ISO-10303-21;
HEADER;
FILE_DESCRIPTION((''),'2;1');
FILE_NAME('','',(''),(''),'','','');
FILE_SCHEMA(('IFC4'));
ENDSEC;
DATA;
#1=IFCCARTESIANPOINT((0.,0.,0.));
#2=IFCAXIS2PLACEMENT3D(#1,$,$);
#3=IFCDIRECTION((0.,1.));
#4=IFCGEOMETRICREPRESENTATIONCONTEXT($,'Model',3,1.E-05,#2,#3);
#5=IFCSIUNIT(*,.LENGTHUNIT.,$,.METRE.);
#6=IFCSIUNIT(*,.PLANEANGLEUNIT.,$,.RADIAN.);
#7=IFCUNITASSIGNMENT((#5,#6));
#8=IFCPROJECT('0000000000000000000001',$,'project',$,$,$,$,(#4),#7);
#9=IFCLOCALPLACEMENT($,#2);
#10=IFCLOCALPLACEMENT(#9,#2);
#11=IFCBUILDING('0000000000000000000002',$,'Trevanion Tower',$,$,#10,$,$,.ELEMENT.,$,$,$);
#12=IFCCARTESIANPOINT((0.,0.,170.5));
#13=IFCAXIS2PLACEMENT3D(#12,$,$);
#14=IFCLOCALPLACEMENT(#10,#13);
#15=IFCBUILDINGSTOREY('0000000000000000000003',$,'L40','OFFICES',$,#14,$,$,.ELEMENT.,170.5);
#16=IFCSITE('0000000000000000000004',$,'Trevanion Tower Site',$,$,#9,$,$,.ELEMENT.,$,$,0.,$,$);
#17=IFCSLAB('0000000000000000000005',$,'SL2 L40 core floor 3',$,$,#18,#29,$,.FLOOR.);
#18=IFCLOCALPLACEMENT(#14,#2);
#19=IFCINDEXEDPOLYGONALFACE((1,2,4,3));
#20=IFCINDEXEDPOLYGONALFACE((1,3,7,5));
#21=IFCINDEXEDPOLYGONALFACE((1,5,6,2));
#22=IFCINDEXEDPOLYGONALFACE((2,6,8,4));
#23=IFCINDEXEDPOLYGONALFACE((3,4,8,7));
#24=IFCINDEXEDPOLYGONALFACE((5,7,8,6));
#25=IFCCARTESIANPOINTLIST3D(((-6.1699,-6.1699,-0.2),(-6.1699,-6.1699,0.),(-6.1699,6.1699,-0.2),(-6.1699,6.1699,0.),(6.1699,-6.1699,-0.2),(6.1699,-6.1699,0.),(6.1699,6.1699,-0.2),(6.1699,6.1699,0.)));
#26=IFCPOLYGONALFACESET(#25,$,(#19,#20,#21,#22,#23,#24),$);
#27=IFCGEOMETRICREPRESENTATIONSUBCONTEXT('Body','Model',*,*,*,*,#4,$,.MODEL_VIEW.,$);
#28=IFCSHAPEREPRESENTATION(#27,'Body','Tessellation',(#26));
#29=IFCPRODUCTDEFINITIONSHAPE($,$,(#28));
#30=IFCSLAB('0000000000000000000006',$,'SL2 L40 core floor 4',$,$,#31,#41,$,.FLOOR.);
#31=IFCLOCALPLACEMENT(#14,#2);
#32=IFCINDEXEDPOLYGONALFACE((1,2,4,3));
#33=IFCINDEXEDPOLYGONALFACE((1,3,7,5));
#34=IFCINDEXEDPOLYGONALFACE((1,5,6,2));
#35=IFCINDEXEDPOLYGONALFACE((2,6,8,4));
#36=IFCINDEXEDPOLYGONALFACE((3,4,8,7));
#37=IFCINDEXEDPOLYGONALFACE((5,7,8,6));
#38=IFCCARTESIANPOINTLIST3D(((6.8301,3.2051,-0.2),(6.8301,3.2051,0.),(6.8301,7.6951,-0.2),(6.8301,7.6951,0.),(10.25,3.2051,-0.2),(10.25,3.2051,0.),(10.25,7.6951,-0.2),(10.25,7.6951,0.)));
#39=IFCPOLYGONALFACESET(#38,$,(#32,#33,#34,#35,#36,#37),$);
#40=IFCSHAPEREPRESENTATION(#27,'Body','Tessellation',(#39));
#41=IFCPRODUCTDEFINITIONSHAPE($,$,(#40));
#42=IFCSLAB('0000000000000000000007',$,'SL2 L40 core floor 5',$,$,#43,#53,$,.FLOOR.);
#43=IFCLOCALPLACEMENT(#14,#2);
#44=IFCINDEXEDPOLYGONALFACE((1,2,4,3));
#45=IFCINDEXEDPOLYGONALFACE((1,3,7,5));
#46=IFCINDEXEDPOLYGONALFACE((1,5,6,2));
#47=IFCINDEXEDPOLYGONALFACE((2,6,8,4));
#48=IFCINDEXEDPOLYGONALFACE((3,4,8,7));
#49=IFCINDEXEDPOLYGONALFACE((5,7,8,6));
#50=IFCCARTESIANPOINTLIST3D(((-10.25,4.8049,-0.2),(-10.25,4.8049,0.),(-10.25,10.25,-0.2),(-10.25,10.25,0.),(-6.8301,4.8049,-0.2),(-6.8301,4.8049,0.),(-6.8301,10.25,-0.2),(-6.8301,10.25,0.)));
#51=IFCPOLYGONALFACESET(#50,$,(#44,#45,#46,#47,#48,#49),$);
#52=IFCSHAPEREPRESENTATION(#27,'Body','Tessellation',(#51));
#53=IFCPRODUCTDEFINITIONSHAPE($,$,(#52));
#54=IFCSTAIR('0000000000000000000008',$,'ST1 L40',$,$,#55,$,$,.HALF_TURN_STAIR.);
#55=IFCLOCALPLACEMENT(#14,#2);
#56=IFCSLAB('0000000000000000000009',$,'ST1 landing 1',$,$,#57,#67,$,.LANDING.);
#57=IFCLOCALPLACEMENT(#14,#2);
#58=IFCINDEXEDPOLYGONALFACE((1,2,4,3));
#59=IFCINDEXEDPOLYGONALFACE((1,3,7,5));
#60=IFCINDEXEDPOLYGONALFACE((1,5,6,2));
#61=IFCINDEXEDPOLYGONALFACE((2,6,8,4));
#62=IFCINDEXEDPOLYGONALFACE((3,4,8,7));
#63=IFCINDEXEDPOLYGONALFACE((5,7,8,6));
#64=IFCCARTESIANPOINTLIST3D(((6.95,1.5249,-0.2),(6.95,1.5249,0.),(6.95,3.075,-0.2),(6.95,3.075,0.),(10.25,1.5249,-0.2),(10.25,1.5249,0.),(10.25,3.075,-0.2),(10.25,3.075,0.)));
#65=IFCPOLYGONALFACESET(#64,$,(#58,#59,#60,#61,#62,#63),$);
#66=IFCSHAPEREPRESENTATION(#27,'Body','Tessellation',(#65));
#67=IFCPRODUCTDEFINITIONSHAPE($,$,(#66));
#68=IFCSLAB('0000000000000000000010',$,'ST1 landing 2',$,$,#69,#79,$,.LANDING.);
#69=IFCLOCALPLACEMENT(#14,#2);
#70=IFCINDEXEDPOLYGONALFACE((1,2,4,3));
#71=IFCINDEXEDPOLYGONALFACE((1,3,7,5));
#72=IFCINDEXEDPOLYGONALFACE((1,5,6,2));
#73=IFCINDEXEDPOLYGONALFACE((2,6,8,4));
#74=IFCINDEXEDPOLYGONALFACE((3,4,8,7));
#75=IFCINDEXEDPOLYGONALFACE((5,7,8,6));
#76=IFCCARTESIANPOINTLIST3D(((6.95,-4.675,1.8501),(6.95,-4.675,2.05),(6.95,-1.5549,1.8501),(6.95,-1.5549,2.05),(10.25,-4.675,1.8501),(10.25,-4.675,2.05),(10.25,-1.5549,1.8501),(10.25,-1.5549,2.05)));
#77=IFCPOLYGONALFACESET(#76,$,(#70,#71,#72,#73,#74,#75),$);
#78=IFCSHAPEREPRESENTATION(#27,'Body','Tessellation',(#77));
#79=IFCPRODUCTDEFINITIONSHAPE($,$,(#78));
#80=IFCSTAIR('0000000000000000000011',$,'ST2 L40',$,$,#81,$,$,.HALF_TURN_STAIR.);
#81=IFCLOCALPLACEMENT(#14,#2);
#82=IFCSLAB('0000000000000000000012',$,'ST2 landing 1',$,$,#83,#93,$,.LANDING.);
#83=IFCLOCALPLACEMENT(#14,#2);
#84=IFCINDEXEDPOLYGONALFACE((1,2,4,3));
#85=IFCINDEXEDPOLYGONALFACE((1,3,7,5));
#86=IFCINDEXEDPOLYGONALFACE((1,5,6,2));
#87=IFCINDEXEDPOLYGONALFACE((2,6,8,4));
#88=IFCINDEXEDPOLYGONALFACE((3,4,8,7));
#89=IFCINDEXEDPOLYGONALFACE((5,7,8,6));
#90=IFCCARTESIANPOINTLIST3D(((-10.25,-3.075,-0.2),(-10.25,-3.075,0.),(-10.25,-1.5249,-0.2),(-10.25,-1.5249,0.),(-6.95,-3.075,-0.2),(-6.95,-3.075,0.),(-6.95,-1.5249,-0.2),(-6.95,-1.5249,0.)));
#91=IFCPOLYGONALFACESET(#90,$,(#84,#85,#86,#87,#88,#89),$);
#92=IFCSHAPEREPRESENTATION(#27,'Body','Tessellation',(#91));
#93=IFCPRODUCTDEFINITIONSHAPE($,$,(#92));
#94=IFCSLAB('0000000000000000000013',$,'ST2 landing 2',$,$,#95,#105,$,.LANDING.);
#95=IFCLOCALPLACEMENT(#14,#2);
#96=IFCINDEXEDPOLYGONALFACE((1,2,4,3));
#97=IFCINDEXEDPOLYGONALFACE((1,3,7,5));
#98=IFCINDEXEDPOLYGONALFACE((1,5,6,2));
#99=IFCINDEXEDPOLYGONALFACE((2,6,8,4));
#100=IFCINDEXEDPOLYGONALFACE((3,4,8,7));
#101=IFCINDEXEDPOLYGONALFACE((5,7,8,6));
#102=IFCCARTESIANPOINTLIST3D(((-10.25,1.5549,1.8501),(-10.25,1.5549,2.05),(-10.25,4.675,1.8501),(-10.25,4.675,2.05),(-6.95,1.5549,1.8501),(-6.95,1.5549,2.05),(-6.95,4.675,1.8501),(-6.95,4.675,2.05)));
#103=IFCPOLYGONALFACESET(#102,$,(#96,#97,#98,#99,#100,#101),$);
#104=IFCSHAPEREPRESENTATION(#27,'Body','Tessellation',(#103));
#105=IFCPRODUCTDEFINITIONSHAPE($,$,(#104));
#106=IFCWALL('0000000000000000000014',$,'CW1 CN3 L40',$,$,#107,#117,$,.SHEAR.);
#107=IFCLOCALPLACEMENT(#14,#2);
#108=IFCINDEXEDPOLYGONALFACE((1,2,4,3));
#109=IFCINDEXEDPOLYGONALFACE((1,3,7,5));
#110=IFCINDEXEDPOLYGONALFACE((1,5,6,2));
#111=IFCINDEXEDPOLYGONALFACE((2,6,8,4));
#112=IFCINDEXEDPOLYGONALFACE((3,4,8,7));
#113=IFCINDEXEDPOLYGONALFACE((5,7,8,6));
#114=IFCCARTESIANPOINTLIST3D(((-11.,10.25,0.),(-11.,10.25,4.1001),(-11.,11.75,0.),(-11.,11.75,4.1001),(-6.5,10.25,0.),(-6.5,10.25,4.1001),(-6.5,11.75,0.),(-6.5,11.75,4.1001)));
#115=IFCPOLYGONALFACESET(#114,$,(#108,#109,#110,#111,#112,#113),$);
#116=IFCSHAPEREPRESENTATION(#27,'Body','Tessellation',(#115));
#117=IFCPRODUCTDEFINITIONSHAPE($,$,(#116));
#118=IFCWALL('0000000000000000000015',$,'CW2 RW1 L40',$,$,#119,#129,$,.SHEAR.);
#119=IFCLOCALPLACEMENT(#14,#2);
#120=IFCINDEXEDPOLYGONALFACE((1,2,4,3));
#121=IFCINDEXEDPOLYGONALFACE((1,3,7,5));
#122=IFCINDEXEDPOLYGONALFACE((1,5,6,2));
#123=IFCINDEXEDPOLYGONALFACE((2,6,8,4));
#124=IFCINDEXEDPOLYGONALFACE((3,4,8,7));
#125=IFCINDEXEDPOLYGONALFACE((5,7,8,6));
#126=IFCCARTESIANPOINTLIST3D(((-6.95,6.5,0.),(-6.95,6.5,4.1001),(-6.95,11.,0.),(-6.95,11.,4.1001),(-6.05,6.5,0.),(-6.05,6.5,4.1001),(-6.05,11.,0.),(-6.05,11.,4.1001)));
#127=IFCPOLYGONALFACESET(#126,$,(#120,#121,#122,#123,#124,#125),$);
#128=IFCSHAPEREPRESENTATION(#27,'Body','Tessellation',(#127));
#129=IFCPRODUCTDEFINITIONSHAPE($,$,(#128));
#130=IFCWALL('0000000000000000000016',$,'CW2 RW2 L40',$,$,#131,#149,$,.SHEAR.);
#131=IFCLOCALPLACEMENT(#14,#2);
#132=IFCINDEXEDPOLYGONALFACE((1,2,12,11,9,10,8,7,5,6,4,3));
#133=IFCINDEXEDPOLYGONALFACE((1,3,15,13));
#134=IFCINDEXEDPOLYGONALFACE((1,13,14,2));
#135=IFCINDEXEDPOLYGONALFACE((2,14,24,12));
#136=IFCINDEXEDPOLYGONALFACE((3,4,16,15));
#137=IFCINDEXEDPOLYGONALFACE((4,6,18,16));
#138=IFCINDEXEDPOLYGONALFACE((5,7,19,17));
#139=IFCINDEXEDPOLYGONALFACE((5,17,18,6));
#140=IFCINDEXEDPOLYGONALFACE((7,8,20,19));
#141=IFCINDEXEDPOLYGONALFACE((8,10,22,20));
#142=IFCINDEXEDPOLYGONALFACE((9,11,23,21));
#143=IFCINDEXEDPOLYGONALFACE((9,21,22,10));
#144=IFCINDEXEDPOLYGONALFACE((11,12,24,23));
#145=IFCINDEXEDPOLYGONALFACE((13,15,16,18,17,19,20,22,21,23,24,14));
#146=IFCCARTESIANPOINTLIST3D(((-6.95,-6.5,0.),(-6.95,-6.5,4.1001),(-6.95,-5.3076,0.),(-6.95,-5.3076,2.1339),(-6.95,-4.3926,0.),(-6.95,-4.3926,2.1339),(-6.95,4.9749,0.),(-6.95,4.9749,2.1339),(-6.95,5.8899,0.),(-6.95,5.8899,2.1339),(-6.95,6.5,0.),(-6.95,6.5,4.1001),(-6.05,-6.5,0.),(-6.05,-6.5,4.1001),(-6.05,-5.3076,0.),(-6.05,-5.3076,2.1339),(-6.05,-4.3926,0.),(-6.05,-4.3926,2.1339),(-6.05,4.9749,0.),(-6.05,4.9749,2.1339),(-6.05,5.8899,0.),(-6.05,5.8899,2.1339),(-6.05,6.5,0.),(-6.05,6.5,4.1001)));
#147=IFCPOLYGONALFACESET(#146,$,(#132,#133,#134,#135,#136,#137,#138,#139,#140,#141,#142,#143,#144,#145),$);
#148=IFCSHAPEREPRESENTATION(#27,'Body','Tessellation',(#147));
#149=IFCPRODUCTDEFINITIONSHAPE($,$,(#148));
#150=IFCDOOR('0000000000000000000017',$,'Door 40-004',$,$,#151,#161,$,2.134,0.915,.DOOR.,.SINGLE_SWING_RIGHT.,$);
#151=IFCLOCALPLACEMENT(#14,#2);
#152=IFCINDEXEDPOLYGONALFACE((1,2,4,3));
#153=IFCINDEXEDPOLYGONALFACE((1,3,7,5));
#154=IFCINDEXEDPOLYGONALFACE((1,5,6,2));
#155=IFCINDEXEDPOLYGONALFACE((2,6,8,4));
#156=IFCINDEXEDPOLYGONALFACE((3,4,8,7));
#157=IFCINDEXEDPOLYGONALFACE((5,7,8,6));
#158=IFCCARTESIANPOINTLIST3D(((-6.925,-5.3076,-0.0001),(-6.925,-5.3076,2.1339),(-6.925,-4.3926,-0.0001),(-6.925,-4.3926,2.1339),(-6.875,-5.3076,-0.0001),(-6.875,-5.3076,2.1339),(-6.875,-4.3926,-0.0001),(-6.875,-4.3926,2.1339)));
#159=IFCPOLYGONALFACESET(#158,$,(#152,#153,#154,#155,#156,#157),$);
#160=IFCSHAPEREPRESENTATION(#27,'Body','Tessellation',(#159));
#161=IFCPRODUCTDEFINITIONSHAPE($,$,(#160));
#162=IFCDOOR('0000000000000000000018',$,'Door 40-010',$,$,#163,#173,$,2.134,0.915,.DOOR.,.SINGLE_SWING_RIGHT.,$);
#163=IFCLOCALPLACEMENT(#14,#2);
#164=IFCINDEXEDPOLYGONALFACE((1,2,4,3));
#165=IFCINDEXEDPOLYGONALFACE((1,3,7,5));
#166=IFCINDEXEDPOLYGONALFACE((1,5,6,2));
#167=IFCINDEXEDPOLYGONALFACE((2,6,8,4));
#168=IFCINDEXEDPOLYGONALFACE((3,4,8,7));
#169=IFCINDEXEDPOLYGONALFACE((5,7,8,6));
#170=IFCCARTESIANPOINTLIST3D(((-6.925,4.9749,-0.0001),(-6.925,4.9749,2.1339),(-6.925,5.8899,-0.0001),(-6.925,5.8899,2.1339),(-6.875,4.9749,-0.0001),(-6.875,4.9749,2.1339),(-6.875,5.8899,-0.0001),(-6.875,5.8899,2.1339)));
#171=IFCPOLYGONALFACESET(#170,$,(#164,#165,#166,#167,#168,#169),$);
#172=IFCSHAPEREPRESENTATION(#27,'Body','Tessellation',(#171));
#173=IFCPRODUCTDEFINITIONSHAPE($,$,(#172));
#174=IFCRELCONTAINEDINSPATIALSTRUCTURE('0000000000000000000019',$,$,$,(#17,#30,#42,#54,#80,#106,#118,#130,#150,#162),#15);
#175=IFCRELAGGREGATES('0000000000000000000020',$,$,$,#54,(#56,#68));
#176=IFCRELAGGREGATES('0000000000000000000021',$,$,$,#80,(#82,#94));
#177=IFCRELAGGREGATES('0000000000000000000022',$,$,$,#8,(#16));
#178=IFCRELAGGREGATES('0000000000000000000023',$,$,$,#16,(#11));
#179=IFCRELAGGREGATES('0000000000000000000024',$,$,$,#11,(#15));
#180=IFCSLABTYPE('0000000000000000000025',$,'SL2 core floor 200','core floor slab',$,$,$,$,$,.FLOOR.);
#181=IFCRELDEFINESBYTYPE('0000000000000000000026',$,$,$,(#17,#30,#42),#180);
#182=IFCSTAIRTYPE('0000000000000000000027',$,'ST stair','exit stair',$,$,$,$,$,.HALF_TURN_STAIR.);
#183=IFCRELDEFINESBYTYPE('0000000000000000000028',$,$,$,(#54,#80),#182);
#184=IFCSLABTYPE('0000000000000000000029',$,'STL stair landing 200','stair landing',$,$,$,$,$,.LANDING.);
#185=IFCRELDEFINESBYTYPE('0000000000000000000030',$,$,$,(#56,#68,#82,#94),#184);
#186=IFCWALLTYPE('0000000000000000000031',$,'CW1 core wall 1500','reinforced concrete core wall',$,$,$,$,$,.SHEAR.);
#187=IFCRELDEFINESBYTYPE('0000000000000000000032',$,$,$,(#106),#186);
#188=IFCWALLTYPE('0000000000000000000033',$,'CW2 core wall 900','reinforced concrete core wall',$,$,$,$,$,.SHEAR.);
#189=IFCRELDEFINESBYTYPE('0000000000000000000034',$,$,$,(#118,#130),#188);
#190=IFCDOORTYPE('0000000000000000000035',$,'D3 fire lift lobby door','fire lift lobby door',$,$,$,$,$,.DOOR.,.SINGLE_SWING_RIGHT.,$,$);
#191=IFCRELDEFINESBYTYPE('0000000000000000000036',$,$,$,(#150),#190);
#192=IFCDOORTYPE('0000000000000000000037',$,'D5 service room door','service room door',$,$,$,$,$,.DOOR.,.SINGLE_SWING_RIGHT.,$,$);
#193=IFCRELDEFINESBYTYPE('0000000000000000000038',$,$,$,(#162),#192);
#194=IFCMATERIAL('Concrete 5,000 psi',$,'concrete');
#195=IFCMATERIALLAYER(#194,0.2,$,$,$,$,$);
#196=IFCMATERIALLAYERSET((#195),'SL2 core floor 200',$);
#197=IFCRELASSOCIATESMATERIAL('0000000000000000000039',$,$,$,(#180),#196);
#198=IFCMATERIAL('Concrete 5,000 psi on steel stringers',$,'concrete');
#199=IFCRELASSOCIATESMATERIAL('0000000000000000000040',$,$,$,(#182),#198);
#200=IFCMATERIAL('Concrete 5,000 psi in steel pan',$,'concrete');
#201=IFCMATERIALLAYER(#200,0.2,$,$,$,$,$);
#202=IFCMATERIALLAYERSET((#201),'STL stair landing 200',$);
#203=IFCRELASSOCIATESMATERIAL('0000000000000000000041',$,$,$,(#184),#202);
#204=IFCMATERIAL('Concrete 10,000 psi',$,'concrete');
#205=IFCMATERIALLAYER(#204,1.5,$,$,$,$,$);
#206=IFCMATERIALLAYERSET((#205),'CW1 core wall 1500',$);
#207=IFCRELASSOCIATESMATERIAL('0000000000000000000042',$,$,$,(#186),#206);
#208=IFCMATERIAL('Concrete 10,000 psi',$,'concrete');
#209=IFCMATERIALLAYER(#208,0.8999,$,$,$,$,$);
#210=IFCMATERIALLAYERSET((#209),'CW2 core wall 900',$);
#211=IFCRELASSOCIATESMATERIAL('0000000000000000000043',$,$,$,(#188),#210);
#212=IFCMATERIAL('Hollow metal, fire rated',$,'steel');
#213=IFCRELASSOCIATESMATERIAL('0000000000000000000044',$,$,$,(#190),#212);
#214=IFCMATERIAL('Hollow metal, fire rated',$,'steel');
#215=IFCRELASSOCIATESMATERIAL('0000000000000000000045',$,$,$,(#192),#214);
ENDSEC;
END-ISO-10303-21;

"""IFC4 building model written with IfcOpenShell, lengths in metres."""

from ifc_helpers import new_model, si_unit, direction, frame, frame_2d, origin, place, context, subcontext, project, spatial, polyline, rectangle, outline, extrude, material, layer, layer_set, type_object, element, fill, aggregate, save


model = new_model("IFC4")

# Units and contexts
model_context = context("Model", 3, precision=1e-05, world=origin(), true_north=direction((0.0, 1.0)))
body_context = subcontext(model_context, "Body", "Model", "MODEL_VIEW")
ifc_project = project(units=[si_unit("LENGTHUNIT", "METRE"), si_unit("PLANEANGLEUNIT", "RADIAN")], contexts=[model_context])

# Site, building, storey
site_placement = place(None, origin())
site = spatial("IfcSite", under=ifc_project, at=site_placement, Name="Trevanion Tower Site", CompositionType="ELEMENT", RefElevation=0.0)
building_placement = place(site_placement, origin())
building = spatial("IfcBuilding", under=site, at=building_placement, Name="Trevanion Tower", CompositionType="ELEMENT")
storey_placement = place(building_placement, frame((0.0, 0.0, 170.5)))
storey = spatial("IfcBuildingStorey", under=building, at=storey_placement, Name="L40", Description="OFFICES", CompositionType="ELEMENT", Elevation=170.5)

# Slabs
ifc_material_1 = material(Name="Concrete 5,000 psi", Category="concrete")
ifc_layer_1 = layer(ifc_material_1, 0.2)
ifc_layer_set_1 = layer_set([ifc_layer_1], Name="SL2 core floor 200")
slab_type_1 = type_object("IfcSlabType", Name="SL2 core floor 200", Description="core floor slab", PredefinedType="FLOOR", material=ifc_layer_set_1)
slab_1_placement = place(storey_placement, frame((0.0, 0.0, -0.2)))
element("IfcSlab", 1, at=slab_1_placement, inside=storey, type_object=slab_type_1, Name="SL2 L40 core floor 3", PredefinedType="FLOOR", context=body_context, shape_type="SweptSolid", body=[
    extrude(outline(polyline([(6.1699, -6.1699), (-6.1699, -6.1699), (-6.1699, 6.1699), (6.1699, 6.1699), (6.1699, -6.1699)])), origin(), (0.0, 0.0, 1.0), 0.2),
])
slab_2_placement = place(storey_placement, frame((0.0, 0.0, -0.2)))
element("IfcSlab", 2, at=slab_2_placement, inside=storey, type_object=slab_type_1, Name="SL2 L40 core floor 4", PredefinedType="FLOOR", context=body_context, shape_type="SweptSolid", body=[
    extrude(outline(polyline([(6.8301, 3.2051), (6.8301, 7.6951), (10.25, 7.6951), (10.25, 3.2051), (6.8301, 3.2051)])), origin(), (0.0, 0.0, 1.0), 0.2),
])
slab_3_placement = place(storey_placement, frame((0.0, 0.0, -0.2)))
element("IfcSlab", 3, at=slab_3_placement, inside=storey, type_object=slab_type_1, Name="SL2 L40 core floor 5", PredefinedType="FLOOR", context=body_context, shape_type="SweptSolid", body=[
    extrude(outline(polyline([(-6.8301, 4.8049), (-10.25, 4.8049), (-10.25, 10.25), (-6.8301, 10.25), (-6.8301, 4.8049)])), origin(), (0.0, 0.0, 1.0), 0.2),
])

# Stairs, slabs
ifc_material_2 = material(Name="Concrete 5,000 psi on steel stringers", Category="concrete")
stair_type = type_object("IfcStairType", Name="ST stair", Description="exit stair", PredefinedType="HALF_TURN_STAIR", material=ifc_material_2)
stair_1_placement = place(storey_placement, origin())
stair_1 = element("IfcStair", 4, at=stair_1_placement, inside=storey, type_object=stair_type, Name="ST1 L40", PredefinedType="HALF_TURN_STAIR")
ifc_material_3 = material(Name="Concrete 5,000 psi in steel pan", Category="concrete")
ifc_layer_2 = layer(ifc_material_3, 0.2)
ifc_layer_set_2 = layer_set([ifc_layer_2], Name="STL stair landing 200")
slab_type_2 = type_object("IfcSlabType", Name="STL stair landing 200", Description="stair landing", PredefinedType="LANDING", material=ifc_layer_set_2)
slab_4_placement = place(storey_placement, frame((0.0, 0.0, -0.2)))
slab_4 = element("IfcSlab", 5, at=slab_4_placement, type_object=slab_type_2, Name="ST1 landing 1", PredefinedType="LANDING", context=body_context, shape_type="SweptSolid", body=[
    extrude(outline(polyline([(6.95, 1.5249), (10.25, 1.5249), (10.25, 3.075), (6.95, 3.075), (6.95, 1.5249)])), origin(), (0.0, 0.0, 1.0), 0.2),
])
slab_5_placement = place(storey_placement, frame((0.0, 0.0, 1.8501)))
slab_5 = element("IfcSlab", 6, at=slab_5_placement, type_object=slab_type_2, Name="ST1 landing 2", PredefinedType="LANDING", context=body_context, shape_type="SweptSolid", body=[
    extrude(outline(polyline([(6.95, -4.675), (10.25, -4.675), (10.25, -1.5549), (6.95, -1.5549), (6.95, -4.675)])), origin(), (0.0, 0.0, 1.0), 0.2),
])
aggregate(stair_1, [slab_4, slab_5])
stair_2_placement = place(storey_placement, origin())
stair_2 = element("IfcStair", 7, at=stair_2_placement, inside=storey, type_object=stair_type, Name="ST2 L40", PredefinedType="HALF_TURN_STAIR")
slab_6_placement = place(storey_placement, frame((0.0, 0.0, -0.2)))
slab_6 = element("IfcSlab", 8, at=slab_6_placement, type_object=slab_type_2, Name="ST2 landing 1", PredefinedType="LANDING", context=body_context, shape_type="SweptSolid", body=[
    extrude(outline(polyline([(-6.95, -1.5249), (-10.25, -1.5249), (-10.25, -3.075), (-6.95, -3.075), (-6.95, -1.5249)])), origin(), (0.0, 0.0, 1.0), 0.2),
])
slab_7_placement = place(storey_placement, frame((0.0, 0.0, 1.8501)))
slab_7 = element("IfcSlab", 9, at=slab_7_placement, type_object=slab_type_2, Name="ST2 landing 2", PredefinedType="LANDING", context=body_context, shape_type="SweptSolid", body=[
    extrude(outline(polyline([(-6.95, 4.675), (-10.25, 4.675), (-10.25, 1.5549), (-6.95, 1.5549), (-6.95, 4.675)])), origin(), (0.0, 0.0, 1.0), 0.2),
])

# Walls
ifc_material_4 = material(Name="Concrete 10,000 psi", Category="concrete")
ifc_layer_3 = layer(ifc_material_4, 1.5)
ifc_layer_set_3 = layer_set([ifc_layer_3], Name="CW1 core wall 1500")
wall_type_1 = type_object("IfcWallType", Name="CW1 core wall 1500", Description="reinforced concrete core wall", PredefinedType="SHEAR", material=ifc_layer_set_3)
wall_1_placement = place(storey_placement, frame((-6.5, 11.0, 0.0), z_axis=(0.0, 0.0, 1.0), x_axis=(-1.0, 0.0, 0.0)))
element("IfcWall", 10, at=wall_1_placement, inside=storey, type_object=wall_type_1, Name="CW1 CN3 L40", PredefinedType="SHEAR", context=body_context, shape_type="SweptSolid", body=[
    extrude(rectangle(XDim=4.5, YDim=1.5, at=frame_2d((2.25, 0.0))), origin(), (0.0, 0.0, 1.0), 4.1001),
])
ifc_material_5 = material(Name="Concrete 10,000 psi", Category="concrete")
ifc_layer_4 = layer(ifc_material_5, 0.8999)
ifc_layer_set_4 = layer_set([ifc_layer_4], Name="CW2 core wall 900")
wall_type_2 = type_object("IfcWallType", Name="CW2 core wall 900", Description="reinforced concrete core wall", PredefinedType="SHEAR", material=ifc_layer_set_4)
wall_2_placement = place(storey_placement, frame((-6.5, 11.0, 0.0), z_axis=(0.0, 0.0, 1.0), x_axis=(0.0, -1.0, 0.0)))
element("IfcWall", 11, at=wall_2_placement, inside=storey, type_object=wall_type_2, Name="CW2 RW1 L40", PredefinedType="SHEAR", context=body_context, shape_type="SweptSolid", body=[
    extrude(rectangle(XDim=4.5, YDim=0.8999, at=frame_2d((2.25, 0.0))), origin(), (0.0, 0.0, 1.0), 4.1001),
])

# Wall, openings, doors
wall_3_placement = place(storey_placement, frame((-6.5, 6.5, 0.0), z_axis=(0.0, 0.0, 1.0), x_axis=(0.0, -1.0, 0.0)))
wall_3 = element("IfcWall", 12, at=wall_3_placement, inside=storey, type_object=wall_type_2, Name="CW2 RW2 L40", PredefinedType="SHEAR", context=body_context, shape_type="SweptSolid", body=[
    extrude(rectangle(XDim=13.0, YDim=0.8999, at=frame_2d((6.5, 0.0))), origin(), (0.0, 0.0, 1.0), 4.1001),
])
opening_1_placement = place(wall_3_placement, frame((10.8926, 0.0, 0.0)))
opening_1 = element("IfcOpeningElement", 13, at=opening_1_placement, cuts=wall_3, PredefinedType="OPENING", context=body_context, shape_type="SweptSolid", body=[
    extrude(rectangle(XDim=0.915, YDim=2.134, at=frame_2d((0.4575, 1.0669))), frame((0.0, 0.46, 0.0), z_axis=(0.0, -1.0, 0.0), x_axis=(1.0, 0.0, 0.0)), (0.0, 0.0, 1.0), 0.9199),
])
opening_2_placement = place(wall_3_placement, frame((0.6101, 0.0, 0.0)))
opening_2 = element("IfcOpeningElement", 14, at=opening_2_placement, cuts=wall_3, PredefinedType="OPENING", context=body_context, shape_type="SweptSolid", body=[
    extrude(rectangle(XDim=0.915, YDim=2.134, at=frame_2d((0.4575, 1.0669))), frame((0.0, 0.46, 0.0), z_axis=(0.0, -1.0, 0.0), x_axis=(1.0, 0.0, 0.0)), (0.0, 0.0, 1.0), 0.9199),
])
ifc_material_6 = material(Name="Hollow metal, fire rated", Category="steel")
door_type_1 = type_object("IfcDoorType", Name="D3 fire lift lobby door", Description="fire lift lobby door", OperationType="SINGLE_SWING_RIGHT", PredefinedType="DOOR", material=ifc_material_6)
door_1_placement = place(opening_1_placement, origin())
door_1 = element("IfcDoor", 15, at=door_1_placement, inside=storey, type_object=door_type_1, Name="Door 40-004", OperationType="SINGLE_SWING_RIGHT", OverallHeight=2.134, OverallWidth=0.915, PredefinedType="DOOR", context=body_context, shape_type="SweptSolid", body=[
    extrude(rectangle(XDim=0.915, YDim=2.134, at=frame_2d((0.4575, 1.0669))), frame((0.0, -0.375, 0.0), z_axis=(0.0, -1.0, 0.0), x_axis=(1.0, 0.0, 0.0)), (0.0, 0.0, 1.0), 0.05),
])
fill(opening_1, door_1)
ifc_material_7 = material(Name="Hollow metal, fire rated", Category="steel")
door_type_2 = type_object("IfcDoorType", Name="D5 service room door", Description="service room door", OperationType="SINGLE_SWING_RIGHT", PredefinedType="DOOR", material=ifc_material_7)
door_2_placement = place(opening_2_placement, origin())
door_2 = element("IfcDoor", 16, at=door_2_placement, inside=storey, type_object=door_type_2, Name="Door 40-010", OperationType="SINGLE_SWING_RIGHT", OverallHeight=2.134, OverallWidth=0.915, PredefinedType="DOOR", context=body_context, shape_type="SweptSolid", body=[
    extrude(rectangle(XDim=0.915, YDim=2.134, at=frame_2d((0.4575, 1.0669))), frame((0.0, -0.375, 0.0), z_axis=(0.0, -1.0, 0.0), x_axis=(1.0, 0.0, 0.0)), (0.0, 0.0, 1.0), 0.05),
])
fill(opening_2, door_2)

aggregate(stair_2, [slab_6, slab_7])

save(model, "model.ifc")
